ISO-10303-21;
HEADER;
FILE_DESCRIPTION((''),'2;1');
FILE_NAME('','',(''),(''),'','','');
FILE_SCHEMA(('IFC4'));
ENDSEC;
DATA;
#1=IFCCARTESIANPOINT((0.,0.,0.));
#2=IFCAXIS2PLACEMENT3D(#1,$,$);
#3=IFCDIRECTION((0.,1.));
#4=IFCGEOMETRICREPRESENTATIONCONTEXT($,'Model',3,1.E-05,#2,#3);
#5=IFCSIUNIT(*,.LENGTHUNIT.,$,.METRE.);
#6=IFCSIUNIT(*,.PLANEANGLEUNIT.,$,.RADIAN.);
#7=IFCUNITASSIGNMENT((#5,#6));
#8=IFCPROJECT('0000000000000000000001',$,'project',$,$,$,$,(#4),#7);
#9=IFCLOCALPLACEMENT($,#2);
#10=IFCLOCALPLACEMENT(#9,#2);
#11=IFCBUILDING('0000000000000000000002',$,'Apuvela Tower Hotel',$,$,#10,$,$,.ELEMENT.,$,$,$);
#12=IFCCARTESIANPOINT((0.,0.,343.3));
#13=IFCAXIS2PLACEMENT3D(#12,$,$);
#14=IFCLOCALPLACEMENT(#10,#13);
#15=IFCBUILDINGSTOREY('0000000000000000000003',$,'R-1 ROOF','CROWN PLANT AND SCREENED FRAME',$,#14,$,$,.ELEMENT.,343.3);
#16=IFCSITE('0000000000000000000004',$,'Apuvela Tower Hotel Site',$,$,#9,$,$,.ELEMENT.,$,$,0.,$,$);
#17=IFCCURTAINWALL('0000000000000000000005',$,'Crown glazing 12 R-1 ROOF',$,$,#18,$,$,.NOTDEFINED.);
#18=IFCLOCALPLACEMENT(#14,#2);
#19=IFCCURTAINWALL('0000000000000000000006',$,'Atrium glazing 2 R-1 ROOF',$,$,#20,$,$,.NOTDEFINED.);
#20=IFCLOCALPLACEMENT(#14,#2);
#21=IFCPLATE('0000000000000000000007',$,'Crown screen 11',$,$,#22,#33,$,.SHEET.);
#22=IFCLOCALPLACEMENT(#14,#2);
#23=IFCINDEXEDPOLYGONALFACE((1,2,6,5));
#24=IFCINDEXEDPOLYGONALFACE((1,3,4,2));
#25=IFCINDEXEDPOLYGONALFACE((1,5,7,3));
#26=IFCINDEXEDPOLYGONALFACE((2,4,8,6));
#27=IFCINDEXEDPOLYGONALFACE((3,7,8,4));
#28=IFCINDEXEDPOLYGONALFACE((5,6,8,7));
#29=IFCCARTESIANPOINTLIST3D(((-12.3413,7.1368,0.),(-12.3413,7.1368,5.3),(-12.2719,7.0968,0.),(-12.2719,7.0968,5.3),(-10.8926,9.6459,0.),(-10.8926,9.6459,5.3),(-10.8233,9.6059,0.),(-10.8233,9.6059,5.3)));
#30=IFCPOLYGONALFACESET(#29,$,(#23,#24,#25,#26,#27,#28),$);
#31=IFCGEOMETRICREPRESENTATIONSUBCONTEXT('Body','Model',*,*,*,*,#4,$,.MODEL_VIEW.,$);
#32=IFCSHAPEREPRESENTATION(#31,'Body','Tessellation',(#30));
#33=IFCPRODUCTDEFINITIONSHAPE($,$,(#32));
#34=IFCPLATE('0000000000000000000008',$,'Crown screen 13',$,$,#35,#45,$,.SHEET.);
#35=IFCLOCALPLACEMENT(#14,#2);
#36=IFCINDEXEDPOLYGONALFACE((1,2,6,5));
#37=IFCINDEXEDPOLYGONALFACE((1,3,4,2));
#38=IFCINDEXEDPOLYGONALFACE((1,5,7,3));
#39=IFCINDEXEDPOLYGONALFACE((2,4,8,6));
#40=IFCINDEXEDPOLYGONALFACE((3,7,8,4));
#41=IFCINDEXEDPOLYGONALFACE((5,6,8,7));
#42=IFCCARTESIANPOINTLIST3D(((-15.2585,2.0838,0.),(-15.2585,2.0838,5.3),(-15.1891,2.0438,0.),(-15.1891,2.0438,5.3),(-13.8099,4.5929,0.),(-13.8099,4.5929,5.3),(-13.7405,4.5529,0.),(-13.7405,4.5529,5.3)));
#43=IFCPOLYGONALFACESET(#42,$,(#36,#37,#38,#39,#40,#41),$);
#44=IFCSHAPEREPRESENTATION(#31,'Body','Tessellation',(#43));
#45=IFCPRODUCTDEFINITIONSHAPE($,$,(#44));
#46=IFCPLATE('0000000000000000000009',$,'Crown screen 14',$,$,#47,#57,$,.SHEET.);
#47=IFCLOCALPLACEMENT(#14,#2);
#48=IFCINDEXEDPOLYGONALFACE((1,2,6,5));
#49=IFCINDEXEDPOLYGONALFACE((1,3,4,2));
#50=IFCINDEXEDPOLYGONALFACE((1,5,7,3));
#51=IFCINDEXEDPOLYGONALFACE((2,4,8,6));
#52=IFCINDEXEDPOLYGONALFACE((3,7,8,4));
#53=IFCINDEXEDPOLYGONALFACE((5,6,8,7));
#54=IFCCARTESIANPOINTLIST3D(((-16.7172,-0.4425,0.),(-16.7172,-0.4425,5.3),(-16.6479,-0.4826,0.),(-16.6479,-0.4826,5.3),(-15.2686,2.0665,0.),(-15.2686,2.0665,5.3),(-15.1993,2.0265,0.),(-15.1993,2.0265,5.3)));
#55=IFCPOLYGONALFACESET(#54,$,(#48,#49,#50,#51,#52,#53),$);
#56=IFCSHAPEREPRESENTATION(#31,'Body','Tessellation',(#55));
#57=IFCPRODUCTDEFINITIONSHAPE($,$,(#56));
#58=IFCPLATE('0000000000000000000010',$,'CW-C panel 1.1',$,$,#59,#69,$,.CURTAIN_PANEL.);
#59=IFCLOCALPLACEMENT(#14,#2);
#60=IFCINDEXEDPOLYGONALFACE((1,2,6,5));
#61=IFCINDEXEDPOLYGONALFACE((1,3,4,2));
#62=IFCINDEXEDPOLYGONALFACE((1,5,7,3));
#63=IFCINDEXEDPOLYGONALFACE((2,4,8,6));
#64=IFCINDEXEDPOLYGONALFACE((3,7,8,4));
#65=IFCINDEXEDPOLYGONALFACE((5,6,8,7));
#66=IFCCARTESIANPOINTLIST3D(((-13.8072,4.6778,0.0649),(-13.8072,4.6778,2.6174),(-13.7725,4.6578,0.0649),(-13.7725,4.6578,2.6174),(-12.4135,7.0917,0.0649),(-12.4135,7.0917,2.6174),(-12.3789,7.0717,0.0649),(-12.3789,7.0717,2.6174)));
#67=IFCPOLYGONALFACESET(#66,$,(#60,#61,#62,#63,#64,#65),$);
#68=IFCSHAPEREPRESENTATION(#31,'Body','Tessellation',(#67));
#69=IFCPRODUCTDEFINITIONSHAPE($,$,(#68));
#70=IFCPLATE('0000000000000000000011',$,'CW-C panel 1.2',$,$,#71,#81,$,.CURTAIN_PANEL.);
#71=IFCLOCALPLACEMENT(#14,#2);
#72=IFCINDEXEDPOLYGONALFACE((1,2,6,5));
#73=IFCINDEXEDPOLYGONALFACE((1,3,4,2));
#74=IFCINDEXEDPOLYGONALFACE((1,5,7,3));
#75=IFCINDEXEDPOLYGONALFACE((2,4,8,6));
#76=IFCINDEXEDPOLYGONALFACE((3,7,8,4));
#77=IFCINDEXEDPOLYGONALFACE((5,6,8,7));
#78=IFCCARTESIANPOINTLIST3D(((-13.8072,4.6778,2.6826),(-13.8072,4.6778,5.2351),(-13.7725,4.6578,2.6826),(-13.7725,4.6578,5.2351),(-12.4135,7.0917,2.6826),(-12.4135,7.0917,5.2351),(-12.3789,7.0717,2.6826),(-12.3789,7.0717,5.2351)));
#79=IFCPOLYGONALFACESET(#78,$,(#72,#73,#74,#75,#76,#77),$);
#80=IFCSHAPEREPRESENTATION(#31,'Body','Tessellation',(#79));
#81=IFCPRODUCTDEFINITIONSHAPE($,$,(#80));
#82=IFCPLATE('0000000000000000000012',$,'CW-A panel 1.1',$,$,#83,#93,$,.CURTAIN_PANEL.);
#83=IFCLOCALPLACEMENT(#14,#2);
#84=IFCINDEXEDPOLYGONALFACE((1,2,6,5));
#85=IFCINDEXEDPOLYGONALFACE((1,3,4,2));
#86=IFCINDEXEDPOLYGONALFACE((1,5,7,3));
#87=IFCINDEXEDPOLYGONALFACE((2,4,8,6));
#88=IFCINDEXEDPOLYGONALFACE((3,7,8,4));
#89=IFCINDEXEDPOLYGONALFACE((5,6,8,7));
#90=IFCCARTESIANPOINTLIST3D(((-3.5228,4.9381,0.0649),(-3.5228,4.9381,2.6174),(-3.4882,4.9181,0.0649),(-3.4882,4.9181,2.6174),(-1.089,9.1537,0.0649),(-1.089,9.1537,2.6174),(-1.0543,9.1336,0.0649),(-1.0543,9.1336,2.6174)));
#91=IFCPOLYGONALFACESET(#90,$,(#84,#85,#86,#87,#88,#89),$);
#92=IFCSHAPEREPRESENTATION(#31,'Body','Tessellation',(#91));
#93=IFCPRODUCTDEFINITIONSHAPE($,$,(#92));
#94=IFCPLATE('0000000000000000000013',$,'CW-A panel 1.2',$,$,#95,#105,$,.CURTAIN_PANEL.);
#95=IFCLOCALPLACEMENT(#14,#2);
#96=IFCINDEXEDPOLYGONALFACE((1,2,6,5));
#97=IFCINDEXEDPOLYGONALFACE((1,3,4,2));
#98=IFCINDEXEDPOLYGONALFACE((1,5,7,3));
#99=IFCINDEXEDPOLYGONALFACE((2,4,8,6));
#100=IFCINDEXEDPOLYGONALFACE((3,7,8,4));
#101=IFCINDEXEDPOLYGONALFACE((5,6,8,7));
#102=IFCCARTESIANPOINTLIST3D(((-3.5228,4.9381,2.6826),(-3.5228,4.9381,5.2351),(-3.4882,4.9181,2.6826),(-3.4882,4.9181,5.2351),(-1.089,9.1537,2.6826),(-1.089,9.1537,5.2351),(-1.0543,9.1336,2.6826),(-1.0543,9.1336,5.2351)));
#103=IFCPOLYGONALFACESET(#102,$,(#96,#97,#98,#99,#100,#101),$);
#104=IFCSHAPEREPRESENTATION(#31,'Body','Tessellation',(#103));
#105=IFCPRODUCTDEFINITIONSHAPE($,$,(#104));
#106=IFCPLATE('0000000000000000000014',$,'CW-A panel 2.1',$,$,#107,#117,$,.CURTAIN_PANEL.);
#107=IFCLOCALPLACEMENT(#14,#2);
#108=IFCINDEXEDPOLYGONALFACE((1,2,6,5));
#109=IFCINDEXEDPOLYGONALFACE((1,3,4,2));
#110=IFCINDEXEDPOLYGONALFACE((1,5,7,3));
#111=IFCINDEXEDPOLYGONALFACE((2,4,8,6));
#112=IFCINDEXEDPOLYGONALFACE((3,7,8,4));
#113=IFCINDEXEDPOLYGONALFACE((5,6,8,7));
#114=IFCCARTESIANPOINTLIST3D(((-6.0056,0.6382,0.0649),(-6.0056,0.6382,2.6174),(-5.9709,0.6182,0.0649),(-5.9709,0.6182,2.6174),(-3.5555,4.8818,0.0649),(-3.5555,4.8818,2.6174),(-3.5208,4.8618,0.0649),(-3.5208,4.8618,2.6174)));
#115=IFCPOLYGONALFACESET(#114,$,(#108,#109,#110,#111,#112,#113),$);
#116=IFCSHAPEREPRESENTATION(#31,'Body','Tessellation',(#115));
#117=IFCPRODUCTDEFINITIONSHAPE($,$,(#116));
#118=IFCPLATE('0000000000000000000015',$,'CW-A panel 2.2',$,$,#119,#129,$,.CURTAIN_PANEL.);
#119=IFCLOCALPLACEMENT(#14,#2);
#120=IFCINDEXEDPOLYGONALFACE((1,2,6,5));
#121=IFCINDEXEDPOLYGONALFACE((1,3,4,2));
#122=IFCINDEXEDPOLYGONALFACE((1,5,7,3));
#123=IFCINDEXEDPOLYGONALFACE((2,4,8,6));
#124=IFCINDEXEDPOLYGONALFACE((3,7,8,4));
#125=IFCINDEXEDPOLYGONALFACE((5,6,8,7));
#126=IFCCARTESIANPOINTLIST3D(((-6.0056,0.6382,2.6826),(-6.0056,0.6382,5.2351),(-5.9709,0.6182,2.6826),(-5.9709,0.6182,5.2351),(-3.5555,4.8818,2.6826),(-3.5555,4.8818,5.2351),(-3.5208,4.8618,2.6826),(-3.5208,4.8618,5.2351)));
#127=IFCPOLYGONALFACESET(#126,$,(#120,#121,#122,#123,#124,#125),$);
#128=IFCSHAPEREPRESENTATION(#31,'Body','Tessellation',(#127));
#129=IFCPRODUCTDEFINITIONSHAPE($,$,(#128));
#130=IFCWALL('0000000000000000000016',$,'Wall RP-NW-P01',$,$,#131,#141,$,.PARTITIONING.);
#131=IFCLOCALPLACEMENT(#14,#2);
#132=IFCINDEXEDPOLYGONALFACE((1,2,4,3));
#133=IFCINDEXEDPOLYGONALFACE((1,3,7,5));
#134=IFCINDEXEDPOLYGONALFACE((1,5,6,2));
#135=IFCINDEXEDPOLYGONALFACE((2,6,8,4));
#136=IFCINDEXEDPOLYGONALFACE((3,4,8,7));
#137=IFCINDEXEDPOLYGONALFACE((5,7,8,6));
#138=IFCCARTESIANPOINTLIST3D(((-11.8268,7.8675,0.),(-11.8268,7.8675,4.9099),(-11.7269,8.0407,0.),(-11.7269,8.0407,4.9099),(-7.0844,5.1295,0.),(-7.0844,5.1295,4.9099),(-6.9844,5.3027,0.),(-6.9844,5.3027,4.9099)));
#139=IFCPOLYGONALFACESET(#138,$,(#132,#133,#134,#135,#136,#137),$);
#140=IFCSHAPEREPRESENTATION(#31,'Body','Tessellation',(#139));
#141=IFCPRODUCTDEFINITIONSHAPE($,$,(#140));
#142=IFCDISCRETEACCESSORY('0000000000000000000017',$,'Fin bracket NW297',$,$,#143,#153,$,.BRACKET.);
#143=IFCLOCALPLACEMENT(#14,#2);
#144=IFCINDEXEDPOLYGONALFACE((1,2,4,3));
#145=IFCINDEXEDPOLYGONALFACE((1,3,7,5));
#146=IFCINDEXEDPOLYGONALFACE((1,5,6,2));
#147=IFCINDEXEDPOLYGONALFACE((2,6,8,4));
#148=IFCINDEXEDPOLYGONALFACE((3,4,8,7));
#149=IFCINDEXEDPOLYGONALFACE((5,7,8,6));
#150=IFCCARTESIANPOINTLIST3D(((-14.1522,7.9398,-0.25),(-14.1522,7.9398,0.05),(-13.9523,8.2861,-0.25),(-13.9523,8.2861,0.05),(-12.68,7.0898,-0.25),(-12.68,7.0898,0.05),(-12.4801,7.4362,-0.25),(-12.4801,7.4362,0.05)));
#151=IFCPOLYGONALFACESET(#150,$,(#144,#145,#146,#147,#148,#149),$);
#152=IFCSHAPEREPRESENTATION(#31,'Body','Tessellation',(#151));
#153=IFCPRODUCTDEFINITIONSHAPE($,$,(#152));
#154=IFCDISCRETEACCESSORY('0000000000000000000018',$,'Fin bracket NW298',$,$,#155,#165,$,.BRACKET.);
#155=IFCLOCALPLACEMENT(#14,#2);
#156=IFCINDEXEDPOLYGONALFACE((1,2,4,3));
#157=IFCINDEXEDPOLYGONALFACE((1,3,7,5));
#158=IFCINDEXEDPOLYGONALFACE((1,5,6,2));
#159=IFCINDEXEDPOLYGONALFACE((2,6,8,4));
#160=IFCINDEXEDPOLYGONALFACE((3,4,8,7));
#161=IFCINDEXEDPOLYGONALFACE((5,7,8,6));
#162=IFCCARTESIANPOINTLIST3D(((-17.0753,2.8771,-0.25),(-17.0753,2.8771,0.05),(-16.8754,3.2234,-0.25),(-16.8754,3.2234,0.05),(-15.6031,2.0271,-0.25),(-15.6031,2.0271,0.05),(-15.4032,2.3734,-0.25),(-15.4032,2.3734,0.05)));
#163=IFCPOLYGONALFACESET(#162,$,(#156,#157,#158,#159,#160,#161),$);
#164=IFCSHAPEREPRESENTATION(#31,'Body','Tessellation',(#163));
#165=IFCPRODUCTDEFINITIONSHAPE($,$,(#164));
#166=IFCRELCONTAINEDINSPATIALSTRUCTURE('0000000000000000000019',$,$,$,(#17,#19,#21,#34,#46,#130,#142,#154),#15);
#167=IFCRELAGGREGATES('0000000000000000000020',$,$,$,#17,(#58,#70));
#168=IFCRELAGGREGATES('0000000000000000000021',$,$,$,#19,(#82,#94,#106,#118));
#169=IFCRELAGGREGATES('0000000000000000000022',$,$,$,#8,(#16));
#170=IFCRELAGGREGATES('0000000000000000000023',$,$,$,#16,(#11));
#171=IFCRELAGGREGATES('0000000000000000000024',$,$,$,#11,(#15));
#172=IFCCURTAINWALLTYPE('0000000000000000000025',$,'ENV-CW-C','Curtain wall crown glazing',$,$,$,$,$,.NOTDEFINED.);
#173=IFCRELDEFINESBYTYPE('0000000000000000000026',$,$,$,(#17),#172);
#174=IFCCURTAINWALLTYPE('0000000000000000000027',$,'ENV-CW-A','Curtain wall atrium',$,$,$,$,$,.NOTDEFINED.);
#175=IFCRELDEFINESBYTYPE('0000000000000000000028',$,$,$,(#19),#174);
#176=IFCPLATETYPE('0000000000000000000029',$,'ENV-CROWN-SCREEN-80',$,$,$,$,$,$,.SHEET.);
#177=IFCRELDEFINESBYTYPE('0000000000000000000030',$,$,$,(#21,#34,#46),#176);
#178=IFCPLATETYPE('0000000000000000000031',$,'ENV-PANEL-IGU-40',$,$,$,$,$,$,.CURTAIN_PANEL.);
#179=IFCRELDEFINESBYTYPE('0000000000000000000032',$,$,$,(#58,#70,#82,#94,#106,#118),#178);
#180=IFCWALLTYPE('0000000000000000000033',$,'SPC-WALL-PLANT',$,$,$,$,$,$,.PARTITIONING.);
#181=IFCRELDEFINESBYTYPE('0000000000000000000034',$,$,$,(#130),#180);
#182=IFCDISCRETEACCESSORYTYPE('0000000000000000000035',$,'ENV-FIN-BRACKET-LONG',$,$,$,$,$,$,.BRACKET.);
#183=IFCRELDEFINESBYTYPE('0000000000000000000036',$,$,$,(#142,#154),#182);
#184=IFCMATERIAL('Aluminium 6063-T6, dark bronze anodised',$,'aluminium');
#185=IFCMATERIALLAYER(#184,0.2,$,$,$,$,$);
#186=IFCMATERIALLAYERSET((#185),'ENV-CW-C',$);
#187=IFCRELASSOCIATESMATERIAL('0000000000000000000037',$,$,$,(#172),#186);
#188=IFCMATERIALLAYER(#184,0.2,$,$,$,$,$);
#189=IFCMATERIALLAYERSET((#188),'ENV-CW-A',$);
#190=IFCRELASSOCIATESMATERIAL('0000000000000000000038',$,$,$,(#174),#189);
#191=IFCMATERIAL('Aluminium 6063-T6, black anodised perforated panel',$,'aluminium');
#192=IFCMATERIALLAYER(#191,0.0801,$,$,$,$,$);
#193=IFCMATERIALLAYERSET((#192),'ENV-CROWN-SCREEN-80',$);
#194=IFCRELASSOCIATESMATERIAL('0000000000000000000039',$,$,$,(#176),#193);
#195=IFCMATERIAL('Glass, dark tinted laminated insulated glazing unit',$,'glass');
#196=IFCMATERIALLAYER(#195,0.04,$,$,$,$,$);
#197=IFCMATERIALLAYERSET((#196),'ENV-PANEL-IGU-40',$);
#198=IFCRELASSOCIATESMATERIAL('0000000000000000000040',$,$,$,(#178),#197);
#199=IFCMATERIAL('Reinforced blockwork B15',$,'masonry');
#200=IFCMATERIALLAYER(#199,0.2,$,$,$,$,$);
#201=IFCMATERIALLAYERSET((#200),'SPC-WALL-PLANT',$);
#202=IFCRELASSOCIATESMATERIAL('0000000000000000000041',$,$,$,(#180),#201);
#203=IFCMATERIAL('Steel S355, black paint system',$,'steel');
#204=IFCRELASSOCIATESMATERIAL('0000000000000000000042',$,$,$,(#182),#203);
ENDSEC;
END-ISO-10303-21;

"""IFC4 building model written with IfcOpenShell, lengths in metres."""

from ifc_helpers import new_model, si_unit, direction, frame, frame_2d, origin, origin_2d, place, context, subcontext, project, spatial, rectangle, extrude, material, layer, layer_set, type_object, element, aggregate, save


model = new_model("IFC4")

# Units and contexts
model_context = context("Model", 3, precision=1e-05, world=origin(), true_north=direction((0.0, 1.0)))
body_context = subcontext(model_context, "Body", "Model", "MODEL_VIEW")
ifc_project = project(units=[si_unit("LENGTHUNIT", "METRE"), si_unit("PLANEANGLEUNIT", "RADIAN")], contexts=[model_context])

# Site, building, storey
site_placement = place(None, origin())
site = spatial("IfcSite", under=ifc_project, at=site_placement, Name="Apuvela Tower Hotel Site", CompositionType="ELEMENT", RefElevation=0.0)
building_placement = place(site_placement, origin())
building = spatial("IfcBuilding", under=site, at=building_placement, Name="Apuvela Tower Hotel", CompositionType="ELEMENT")
storey_placement = place(building_placement, frame((0.0, 0.0, 343.3)))
storey = spatial("IfcBuildingStorey", under=building, at=storey_placement, Name="R-1 ROOF", Description="CROWN PLANT AND SCREENED FRAME", CompositionType="ELEMENT", Elevation=343.3)

# Curtain walls
ifc_material_1 = material(Name="Aluminium 6063-T6, dark bronze anodised", Category="aluminium")
ifc_layer_1 = layer(ifc_material_1, 0.2)
ifc_layer_set_1 = layer_set([ifc_layer_1], Name="ENV-CW-C")
curtain_wall_type_1 = type_object("IfcCurtainWallType", Name="ENV-CW-C", Description="Curtain wall crown glazing", PredefinedType="NOTDEFINED", material=ifc_layer_set_1)
curtain_wall_1_placement = place(storey_placement, origin())
curtain_wall_1 = element("IfcCurtainWall", 1, at=curtain_wall_1_placement, inside=storey, type_object=curtain_wall_type_1, Name="Crown glazing 12 R-1 ROOF", PredefinedType="NOTDEFINED")
ifc_layer_2 = layer(ifc_material_1, 0.2)
ifc_layer_set_2 = layer_set([ifc_layer_2], Name="ENV-CW-A")
curtain_wall_type_2 = type_object("IfcCurtainWallType", Name="ENV-CW-A", Description="Curtain wall atrium", PredefinedType="NOTDEFINED", material=ifc_layer_set_2)
curtain_wall_2_placement = place(storey_placement, origin())
curtain_wall_2 = element("IfcCurtainWall", 2, at=curtain_wall_2_placement, inside=storey, type_object=curtain_wall_type_2, Name="Atrium glazing 2 R-1 ROOF", PredefinedType="NOTDEFINED")

# Plates
ifc_material_2 = material(Name="Aluminium 6063-T6, black anodised perforated panel", Category="aluminium")
ifc_layer_3 = layer(ifc_material_2, 0.0801)
ifc_layer_set_3 = layer_set([ifc_layer_3], Name="ENV-CROWN-SCREEN-80")
plate_type_1 = type_object("IfcPlateType", Name="ENV-CROWN-SCREEN-80", PredefinedType="SHEET", material=ifc_layer_set_3)
for number, where, z_axis, x_axis, name in (
    (3, (-11.5823, 8.3713, 0.0), (0.0, 0.0, 1.0), (-0.5, -0.866025, 0.0), "Crown screen 11"),
    (4, (-14.4995, 3.3184, 0.0), (0.0, 0.0, 1.0), (-0.5, -0.866025, 0.0), "Crown screen 13"),
    (5, (-15.9583, 0.792, 0.0), (0.0, 0.0, 1.0), (-0.5, -0.866025, 0.0), "Crown screen 14"),
):
    element("IfcPlate", number, at=place(storey_placement, frame(where, z_axis=z_axis, x_axis=x_axis)), inside=storey, type_object=plate_type_1, Name=name, PredefinedType="SHEET", context=body_context, shape_type="SweptSolid", body=[
        extrude(rectangle(XDim=2.8972, YDim=0.0801, at=origin_2d()), origin(), (0.0, 0.0, 1.0), 5.3),
    ])

# Plates
ifc_material_3 = material(Name="Glass, dark tinted laminated insulated glazing unit", Category="glass")
ifc_layer_4 = layer(ifc_material_3, 0.04)
ifc_layer_set_4 = layer_set([ifc_layer_4], Name="ENV-PANEL-IGU-40")
plate_type_2 = type_object("IfcPlateType", Name="ENV-PANEL-IGU-40", PredefinedType="CURTAIN_PANEL", material=ifc_layer_set_4)
plate_1_placement = place(storey_placement, frame((-13.093, 5.8748, 0.0649), z_axis=(0.0, 0.0, 1.0), x_axis=(-0.499981, -0.866037, 0.0)))
plate_1 = element("IfcPlate", 6, at=plate_1_placement, type_object=plate_type_2, Name="CW-C panel 1.1", PredefinedType="CURTAIN_PANEL", context=body_context, shape_type="SweptSolid", body=[
    extrude(rectangle(XDim=2.7874, YDim=0.04, at=origin_2d()), origin(), (0.0, 0.0, 1.0), 2.5525),
])
plate_2_placement = place(storey_placement, frame((-13.093, 5.8748, 2.6826), z_axis=(0.0, 0.0, 1.0), x_axis=(-0.499981, -0.866037, 0.0)))
plate_2 = element("IfcPlate", 7, at=plate_2_placement, type_object=plate_type_2, Name="CW-C panel 1.2", PredefinedType="CURTAIN_PANEL", context=body_context, shape_type="SweptSolid", body=[
    extrude(rectangle(XDim=2.7874, YDim=0.04, at=origin_2d()), origin(), (0.0, 0.0, 1.0), 2.5525),
])
aggregate(curtain_wall_1, [plate_1, plate_2])
plate_3_placement = place(storey_placement, frame((-2.2886, 7.0359, 0.0649), z_axis=(0.0, 0.0, 1.0), x_axis=(-0.499999, -0.866026, 0.0)))
plate_3 = element("IfcPlate", 8, at=plate_3_placement, type_object=plate_type_2, Name="CW-A panel 1.1", PredefinedType="CURTAIN_PANEL", context=body_context, shape_type="SweptSolid", body=[
    extrude(rectangle(XDim=4.8677, YDim=0.04, at=origin_2d()), origin(), (0.0, 0.0, 1.0), 2.5525),
])
plate_4_placement = place(storey_placement, frame((-2.2886, 7.0359, 2.6826), z_axis=(0.0, 0.0, 1.0), x_axis=(-0.499999, -0.866026, 0.0)))
plate_4 = element("IfcPlate", 9, at=plate_4_placement, type_object=plate_type_2, Name="CW-A panel 1.2", PredefinedType="CURTAIN_PANEL", context=body_context, shape_type="SweptSolid", body=[
    extrude(rectangle(XDim=4.8677, YDim=0.04, at=origin_2d()), origin(), (0.0, 0.0, 1.0), 2.5525),
])
plate_5_placement = place(storey_placement, frame((-4.7632, 2.75, 0.0649), z_axis=(0.0, 0.0, 1.0), x_axis=(-0.499999, -0.866026, 0.0)))
plate_5 = element("IfcPlate", 10, at=plate_5_placement, type_object=plate_type_2, Name="CW-A panel 2.1", PredefinedType="CURTAIN_PANEL", context=body_context, shape_type="SweptSolid", body=[
    extrude(rectangle(XDim=4.9001, YDim=0.04, at=origin_2d()), origin(), (0.0, 0.0, 1.0), 2.5525),
])
plate_6_placement = place(storey_placement, frame((-4.7632, 2.75, 2.6826), z_axis=(0.0, 0.0, 1.0), x_axis=(-0.499999, -0.866026, 0.0)))
plate_6 = element("IfcPlate", 11, at=plate_6_placement, type_object=plate_type_2, Name="CW-A panel 2.2", PredefinedType="CURTAIN_PANEL", context=body_context, shape_type="SweptSolid", body=[
    extrude(rectangle(XDim=4.9001, YDim=0.04, at=origin_2d()), origin(), (0.0, 0.0, 1.0), 2.5525),
])
aggregate(curtain_wall_2, [plate_3, plate_4, plate_5, plate_6])

# Wall
ifc_material_4 = material(Name="Reinforced blockwork B15", Category="masonry")
ifc_layer_5 = layer(ifc_material_4, 0.2)
ifc_layer_set_5 = layer_set([ifc_layer_5], Name="SPC-WALL-PLANT")
wall_type = type_object("IfcWallType", Name="SPC-WALL-PLANT", PredefinedType="PARTITIONING", material=ifc_layer_set_5)
wall_placement = place(storey_placement, frame((-11.7769, 7.9541, 0.0), z_axis=(0.0, 0.0, 1.0), x_axis=(0.866026, -0.499999, 0.0)))
element("IfcWall", 12, at=wall_placement, inside=storey, type_object=wall_type, Name="Wall RP-NW-P01", PredefinedType="PARTITIONING", context=body_context, shape_type="SweptSolid", body=[
    extrude(rectangle(XDim=5.4761, YDim=0.2, at=frame_2d((2.738, 0.0))), origin(), (0.0, 0.0, 1.0), 4.9099),
])

# Discrete accessories
ifc_material_5 = material(Name="Steel S355, black paint system", Category="steel")
discrete_accessory_type = type_object("IfcDiscreteAccessoryType", Name="ENV-FIN-BRACKET-LONG", PredefinedType="BRACKET", material=ifc_material_5)
for number, where, z_axis, x_axis, name in (
    (13, (-13.3162, 7.688, -0.25), (0.0, 0.0, 1.0), (-0.5, -0.866025, 0.0), "Fin bracket NW297"),
    (14, (-16.2393, 2.6252, -0.25), (0.0, 0.0, 1.0), (-0.5, -0.866025, 0.0), "Fin bracket NW298"),
):
    element("IfcDiscreteAccessory", number, at=place(storey_placement, frame(where, z_axis=z_axis, x_axis=x_axis)), inside=storey, type_object=discrete_accessory_type, Name=name, PredefinedType="BRACKET", context=body_context, shape_type="SweptSolid", body=[
        extrude(rectangle(XDim=0.3999, YDim=1.7, at=origin_2d()), origin(), (0.0, 0.0, 1.0), 0.3),
    ])

save(model, "model.ifc")
